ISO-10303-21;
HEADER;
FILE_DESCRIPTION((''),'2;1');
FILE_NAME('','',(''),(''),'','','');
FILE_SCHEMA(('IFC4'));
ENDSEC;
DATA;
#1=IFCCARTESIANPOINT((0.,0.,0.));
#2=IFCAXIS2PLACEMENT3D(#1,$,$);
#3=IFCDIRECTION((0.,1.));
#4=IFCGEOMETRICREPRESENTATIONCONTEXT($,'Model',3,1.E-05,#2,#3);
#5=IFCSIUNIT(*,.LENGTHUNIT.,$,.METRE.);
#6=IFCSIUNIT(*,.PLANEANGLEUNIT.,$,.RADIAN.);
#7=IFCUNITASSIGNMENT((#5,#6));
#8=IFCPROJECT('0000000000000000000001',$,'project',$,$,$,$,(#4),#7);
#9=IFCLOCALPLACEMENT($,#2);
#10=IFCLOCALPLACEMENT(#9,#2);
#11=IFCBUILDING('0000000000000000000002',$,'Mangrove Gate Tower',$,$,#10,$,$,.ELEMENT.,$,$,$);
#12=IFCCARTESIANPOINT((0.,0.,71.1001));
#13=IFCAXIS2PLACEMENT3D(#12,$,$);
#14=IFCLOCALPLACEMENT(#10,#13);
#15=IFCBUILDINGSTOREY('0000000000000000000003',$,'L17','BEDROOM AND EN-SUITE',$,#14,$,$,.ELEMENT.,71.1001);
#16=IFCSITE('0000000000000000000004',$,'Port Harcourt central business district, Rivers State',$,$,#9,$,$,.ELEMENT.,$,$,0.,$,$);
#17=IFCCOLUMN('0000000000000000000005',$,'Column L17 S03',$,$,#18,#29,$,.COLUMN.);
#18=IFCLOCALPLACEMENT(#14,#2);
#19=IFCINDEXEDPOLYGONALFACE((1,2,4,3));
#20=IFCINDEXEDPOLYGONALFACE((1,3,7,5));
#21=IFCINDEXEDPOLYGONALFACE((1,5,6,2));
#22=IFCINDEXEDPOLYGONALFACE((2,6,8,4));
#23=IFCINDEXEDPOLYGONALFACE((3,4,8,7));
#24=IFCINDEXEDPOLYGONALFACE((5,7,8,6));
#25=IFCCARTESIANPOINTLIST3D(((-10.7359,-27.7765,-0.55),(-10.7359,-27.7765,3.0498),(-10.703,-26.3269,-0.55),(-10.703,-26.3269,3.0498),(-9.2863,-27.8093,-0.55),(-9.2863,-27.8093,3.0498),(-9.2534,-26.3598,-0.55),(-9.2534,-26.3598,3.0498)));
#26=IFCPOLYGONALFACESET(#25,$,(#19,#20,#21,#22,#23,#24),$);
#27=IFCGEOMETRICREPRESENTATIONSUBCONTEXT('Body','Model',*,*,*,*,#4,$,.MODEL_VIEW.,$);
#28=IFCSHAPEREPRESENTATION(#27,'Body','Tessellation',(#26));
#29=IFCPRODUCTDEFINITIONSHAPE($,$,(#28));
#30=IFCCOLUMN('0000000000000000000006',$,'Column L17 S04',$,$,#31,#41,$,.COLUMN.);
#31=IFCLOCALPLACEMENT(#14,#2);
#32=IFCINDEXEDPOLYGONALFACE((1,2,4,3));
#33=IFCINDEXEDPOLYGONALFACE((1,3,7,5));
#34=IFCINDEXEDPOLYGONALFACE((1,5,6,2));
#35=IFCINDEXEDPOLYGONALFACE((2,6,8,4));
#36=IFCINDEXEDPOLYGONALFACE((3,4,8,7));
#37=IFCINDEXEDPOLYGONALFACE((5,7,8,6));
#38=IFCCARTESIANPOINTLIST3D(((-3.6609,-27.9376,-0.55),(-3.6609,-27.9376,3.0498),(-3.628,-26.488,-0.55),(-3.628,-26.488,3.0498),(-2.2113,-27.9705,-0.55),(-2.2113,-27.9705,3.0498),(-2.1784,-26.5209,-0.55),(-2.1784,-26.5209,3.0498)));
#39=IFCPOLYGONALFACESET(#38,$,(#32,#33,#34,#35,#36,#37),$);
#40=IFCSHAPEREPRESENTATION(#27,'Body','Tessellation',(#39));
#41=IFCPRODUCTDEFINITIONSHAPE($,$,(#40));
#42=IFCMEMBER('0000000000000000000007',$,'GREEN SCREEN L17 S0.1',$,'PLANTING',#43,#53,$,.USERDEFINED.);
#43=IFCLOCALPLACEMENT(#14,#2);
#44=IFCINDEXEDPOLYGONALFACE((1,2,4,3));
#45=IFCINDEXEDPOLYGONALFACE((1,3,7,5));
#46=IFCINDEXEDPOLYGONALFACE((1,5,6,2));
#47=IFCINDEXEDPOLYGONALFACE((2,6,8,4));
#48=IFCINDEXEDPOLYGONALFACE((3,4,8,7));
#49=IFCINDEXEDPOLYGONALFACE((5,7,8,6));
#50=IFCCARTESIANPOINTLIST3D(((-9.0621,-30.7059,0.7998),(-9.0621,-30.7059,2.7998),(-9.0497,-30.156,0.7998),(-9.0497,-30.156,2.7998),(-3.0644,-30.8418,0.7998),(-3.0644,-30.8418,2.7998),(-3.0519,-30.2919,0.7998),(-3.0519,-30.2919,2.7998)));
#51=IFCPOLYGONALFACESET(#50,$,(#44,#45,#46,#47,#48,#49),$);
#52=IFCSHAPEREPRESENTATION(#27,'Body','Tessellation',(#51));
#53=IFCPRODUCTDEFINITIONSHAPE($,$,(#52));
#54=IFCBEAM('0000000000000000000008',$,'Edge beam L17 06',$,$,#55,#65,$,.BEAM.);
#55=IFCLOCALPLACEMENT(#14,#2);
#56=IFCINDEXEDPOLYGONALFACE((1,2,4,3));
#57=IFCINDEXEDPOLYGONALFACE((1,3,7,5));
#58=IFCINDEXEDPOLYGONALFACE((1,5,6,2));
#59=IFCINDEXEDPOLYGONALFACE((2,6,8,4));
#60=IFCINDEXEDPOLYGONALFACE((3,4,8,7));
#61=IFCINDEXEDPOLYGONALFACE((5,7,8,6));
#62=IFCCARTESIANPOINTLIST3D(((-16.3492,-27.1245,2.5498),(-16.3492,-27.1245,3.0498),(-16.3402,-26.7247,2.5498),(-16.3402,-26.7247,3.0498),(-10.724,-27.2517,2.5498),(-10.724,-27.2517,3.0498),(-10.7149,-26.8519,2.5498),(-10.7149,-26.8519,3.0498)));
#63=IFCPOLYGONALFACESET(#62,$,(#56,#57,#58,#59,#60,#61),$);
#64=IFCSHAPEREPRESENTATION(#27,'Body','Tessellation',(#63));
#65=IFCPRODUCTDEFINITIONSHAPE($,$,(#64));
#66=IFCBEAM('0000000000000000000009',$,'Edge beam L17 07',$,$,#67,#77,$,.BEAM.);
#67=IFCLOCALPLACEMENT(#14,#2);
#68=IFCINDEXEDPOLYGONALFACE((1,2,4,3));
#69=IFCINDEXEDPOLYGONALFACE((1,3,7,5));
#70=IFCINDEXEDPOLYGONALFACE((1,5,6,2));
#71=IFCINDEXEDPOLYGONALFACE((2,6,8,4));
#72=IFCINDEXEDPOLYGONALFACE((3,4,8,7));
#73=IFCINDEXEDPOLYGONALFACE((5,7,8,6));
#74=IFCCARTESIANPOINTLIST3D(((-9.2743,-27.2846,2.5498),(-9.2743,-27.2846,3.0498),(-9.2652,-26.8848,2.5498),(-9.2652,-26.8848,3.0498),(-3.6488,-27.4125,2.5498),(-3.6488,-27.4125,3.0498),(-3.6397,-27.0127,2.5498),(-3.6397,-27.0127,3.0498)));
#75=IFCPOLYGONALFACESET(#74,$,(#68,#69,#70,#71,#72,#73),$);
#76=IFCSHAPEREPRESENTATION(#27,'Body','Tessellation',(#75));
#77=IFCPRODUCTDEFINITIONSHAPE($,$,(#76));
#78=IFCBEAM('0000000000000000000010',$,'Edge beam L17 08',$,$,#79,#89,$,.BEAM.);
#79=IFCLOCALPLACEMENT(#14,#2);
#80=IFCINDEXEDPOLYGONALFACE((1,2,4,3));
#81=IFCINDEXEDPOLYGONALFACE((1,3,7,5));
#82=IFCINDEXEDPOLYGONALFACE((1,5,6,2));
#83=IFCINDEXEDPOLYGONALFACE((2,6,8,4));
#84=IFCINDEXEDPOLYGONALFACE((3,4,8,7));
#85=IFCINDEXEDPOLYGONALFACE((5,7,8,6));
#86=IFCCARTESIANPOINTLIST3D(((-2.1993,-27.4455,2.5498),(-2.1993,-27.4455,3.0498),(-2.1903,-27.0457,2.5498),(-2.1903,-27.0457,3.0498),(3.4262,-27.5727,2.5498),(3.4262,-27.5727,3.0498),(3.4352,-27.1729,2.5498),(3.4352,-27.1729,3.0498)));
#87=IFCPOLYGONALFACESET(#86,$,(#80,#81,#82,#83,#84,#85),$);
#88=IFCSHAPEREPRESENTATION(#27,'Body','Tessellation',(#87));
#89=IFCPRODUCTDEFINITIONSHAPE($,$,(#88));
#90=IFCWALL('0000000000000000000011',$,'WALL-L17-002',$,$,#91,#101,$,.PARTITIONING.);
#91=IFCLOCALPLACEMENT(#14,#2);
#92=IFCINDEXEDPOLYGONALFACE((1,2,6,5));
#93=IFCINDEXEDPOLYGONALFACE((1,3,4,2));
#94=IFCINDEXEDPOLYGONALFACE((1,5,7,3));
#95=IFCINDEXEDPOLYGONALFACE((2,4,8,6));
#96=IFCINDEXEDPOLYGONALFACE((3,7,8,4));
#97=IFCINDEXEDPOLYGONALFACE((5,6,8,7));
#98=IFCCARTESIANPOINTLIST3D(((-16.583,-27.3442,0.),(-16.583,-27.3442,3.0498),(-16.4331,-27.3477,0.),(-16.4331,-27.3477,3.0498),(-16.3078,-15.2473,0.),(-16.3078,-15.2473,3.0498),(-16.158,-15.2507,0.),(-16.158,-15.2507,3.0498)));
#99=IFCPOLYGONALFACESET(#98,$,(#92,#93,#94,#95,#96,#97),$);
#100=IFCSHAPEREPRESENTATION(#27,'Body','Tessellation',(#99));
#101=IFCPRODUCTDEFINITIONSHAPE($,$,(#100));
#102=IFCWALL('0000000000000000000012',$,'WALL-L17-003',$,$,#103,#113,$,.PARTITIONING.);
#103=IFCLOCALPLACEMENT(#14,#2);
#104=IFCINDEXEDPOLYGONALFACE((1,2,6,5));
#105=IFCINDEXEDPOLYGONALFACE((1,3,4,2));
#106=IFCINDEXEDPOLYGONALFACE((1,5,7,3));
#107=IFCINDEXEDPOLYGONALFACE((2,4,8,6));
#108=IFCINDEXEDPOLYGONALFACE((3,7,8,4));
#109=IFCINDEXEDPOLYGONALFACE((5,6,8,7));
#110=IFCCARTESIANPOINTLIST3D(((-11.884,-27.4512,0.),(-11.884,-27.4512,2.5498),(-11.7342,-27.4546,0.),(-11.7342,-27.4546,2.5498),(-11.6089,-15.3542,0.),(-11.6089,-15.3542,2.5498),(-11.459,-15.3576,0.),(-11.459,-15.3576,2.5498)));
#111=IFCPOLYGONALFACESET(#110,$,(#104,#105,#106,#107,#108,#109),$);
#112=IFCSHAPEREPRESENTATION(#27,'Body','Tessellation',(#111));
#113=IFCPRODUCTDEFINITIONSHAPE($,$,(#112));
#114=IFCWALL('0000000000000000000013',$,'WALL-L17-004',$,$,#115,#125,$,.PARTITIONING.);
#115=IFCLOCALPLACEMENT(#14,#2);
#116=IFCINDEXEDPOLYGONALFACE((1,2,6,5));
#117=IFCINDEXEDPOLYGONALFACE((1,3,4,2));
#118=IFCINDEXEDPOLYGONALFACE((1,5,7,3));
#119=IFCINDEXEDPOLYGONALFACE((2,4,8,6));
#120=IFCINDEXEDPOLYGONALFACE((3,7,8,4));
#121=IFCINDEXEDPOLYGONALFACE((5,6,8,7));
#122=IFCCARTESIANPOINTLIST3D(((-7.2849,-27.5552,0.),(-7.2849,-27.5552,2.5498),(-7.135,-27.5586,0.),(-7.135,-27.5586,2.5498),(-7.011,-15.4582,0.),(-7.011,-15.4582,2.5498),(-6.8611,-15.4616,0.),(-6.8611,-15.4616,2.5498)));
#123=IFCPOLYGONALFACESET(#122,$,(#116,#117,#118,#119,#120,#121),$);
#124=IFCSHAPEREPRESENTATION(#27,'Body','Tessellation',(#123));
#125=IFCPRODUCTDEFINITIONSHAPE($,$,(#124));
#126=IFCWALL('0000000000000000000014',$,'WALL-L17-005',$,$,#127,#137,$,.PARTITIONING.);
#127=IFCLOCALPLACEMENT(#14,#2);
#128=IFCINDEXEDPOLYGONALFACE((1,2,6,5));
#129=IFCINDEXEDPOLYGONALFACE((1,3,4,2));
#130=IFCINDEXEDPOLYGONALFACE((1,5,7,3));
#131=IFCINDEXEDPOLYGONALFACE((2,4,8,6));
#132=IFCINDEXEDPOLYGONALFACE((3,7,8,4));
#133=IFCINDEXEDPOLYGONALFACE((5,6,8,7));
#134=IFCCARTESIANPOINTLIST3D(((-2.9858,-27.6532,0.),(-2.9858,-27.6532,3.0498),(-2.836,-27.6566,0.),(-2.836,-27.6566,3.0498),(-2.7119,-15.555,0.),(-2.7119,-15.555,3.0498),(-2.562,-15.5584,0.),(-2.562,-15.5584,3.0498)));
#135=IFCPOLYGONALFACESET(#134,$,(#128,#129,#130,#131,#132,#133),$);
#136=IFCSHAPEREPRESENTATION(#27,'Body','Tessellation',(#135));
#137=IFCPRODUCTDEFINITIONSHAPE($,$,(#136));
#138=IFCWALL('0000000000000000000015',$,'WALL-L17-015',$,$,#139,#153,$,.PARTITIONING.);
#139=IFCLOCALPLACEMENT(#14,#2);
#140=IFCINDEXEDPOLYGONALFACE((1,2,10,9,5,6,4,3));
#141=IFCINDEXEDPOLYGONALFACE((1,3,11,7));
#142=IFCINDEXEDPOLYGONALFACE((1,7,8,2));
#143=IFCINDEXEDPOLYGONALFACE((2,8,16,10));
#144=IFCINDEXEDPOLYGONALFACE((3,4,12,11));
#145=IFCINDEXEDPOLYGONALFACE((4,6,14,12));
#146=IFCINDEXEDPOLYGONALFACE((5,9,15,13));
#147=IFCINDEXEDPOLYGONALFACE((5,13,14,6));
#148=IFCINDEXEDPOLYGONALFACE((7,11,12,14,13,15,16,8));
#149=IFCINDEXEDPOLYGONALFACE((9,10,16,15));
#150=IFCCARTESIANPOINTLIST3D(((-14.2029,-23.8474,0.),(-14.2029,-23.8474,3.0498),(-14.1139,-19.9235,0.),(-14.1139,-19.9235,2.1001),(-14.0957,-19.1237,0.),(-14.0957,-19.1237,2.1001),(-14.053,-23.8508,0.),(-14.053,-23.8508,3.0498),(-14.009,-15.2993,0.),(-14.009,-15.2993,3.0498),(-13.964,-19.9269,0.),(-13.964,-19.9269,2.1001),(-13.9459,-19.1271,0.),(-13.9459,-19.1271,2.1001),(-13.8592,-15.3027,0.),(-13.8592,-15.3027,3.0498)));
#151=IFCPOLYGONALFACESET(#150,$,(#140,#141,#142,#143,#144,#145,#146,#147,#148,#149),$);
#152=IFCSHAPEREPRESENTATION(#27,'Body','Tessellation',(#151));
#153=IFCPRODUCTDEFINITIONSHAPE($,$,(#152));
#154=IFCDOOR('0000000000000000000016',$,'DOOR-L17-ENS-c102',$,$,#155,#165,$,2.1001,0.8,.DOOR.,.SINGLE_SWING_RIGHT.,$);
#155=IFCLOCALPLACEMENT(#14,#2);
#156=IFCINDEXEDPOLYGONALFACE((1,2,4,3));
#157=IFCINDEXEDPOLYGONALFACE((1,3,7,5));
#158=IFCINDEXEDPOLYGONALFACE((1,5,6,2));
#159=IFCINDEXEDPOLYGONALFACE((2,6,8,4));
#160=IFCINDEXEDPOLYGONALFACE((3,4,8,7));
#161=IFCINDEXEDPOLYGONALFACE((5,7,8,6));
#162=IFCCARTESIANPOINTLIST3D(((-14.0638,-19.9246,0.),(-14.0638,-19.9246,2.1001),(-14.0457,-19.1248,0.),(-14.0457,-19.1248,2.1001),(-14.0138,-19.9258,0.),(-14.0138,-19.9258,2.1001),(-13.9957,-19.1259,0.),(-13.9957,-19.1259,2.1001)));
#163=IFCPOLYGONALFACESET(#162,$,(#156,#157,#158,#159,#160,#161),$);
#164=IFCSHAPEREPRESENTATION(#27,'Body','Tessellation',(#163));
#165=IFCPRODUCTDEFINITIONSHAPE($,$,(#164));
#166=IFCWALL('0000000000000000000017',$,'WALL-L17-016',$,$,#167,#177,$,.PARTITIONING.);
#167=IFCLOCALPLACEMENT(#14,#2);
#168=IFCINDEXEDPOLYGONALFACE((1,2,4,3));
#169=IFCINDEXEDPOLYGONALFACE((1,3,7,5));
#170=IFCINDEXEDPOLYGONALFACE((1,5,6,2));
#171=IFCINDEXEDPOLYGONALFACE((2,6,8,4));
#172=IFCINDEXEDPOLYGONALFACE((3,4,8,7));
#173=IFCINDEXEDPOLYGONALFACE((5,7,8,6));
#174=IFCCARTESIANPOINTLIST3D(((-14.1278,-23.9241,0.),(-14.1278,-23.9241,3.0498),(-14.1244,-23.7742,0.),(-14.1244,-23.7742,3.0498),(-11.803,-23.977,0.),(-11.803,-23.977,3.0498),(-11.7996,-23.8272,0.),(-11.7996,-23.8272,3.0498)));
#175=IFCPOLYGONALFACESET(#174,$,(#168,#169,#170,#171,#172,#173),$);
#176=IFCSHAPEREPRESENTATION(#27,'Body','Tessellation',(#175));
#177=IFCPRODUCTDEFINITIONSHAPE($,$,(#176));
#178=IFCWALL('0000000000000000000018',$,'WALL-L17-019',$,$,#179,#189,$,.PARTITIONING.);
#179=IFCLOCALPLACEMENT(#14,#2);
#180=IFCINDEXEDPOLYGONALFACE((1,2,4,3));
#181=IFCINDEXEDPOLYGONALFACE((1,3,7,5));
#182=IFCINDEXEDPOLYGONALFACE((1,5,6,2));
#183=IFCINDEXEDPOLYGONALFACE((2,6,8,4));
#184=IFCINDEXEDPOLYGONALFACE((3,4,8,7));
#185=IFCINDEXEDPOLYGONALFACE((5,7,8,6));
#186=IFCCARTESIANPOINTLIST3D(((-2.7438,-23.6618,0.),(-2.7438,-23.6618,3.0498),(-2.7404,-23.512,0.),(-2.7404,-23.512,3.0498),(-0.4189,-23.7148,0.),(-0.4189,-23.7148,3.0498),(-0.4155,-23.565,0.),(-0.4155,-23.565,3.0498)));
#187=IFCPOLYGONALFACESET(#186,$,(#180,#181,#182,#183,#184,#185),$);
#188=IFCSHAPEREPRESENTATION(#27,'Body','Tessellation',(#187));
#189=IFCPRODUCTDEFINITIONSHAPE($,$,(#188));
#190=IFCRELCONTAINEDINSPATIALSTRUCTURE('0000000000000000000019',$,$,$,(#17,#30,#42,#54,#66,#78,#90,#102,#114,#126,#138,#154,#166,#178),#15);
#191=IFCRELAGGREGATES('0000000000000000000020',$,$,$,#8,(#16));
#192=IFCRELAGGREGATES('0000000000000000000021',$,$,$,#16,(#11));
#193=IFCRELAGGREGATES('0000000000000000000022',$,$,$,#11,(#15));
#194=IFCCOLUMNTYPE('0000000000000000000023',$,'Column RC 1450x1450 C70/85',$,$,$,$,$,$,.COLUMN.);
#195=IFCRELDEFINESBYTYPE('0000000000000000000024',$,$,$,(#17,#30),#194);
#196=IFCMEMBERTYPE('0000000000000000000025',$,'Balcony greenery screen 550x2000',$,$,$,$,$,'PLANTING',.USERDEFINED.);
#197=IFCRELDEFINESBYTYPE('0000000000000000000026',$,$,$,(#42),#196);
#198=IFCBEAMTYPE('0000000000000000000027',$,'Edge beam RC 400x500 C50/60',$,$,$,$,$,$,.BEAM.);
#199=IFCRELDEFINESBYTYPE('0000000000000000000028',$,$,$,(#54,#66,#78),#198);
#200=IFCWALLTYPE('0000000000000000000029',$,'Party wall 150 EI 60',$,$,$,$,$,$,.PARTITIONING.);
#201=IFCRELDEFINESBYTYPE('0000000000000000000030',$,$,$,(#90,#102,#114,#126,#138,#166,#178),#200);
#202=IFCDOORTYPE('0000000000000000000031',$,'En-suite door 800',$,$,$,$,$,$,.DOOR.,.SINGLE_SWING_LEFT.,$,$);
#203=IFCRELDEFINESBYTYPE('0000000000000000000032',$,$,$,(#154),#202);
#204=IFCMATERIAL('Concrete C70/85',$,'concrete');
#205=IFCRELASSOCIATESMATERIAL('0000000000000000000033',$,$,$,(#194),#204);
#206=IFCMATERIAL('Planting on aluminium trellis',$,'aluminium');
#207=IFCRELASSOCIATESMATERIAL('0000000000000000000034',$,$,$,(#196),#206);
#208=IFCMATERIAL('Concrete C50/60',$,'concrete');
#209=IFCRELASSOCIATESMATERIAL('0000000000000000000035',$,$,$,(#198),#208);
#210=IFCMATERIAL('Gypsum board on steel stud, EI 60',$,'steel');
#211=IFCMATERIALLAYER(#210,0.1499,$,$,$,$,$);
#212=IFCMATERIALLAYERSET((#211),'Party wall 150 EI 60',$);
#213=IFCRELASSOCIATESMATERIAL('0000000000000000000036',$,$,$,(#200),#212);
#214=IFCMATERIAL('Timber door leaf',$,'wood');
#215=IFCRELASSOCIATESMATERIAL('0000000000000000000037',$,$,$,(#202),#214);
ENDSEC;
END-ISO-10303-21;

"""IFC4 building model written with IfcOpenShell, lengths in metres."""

from ifc_helpers import new_model, si_unit, direction, frame, frame_2d, origin, origin_2d, place, context, subcontext, project, spatial, rectangle, extrude, material, layer, layer_set, material_profile, profile_set, type_object, element, fill, save


model = new_model("IFC4")

# Units and contexts
model_context = context("Model", 3, precision=1e-05, world=origin(), true_north=direction((0.0, 1.0)))
body_context = subcontext(model_context, "Body", "Model", "MODEL_VIEW")
ifc_project = project(units=[si_unit("LENGTHUNIT", "METRE"), si_unit("PLANEANGLEUNIT", "RADIAN")], contexts=[model_context])

# Site, building, storey
site_placement = place(None, origin())
site = spatial("IfcSite", under=ifc_project, at=site_placement, Name="Port Harcourt central business district, Rivers State", CompositionType="ELEMENT", RefElevation=0.0)
building_placement = place(site_placement, origin())
building = spatial("IfcBuilding", under=site, at=building_placement, Name="Mangrove Gate Tower", CompositionType="ELEMENT")
storey_placement = place(building_placement, frame((0.0, 0.0, 71.1001)))
storey = spatial("IfcBuildingStorey", under=building, at=storey_placement, Name="L17", Description="BEDROOM AND EN-SUITE", CompositionType="ELEMENT", Elevation=71.1001)

# Columns
ifc_material_1 = material(Name="Concrete C70/85", Category="concrete")
ifc_material_profile_1 = material_profile(ifc_material_1, rectangle(XDim=1.45, YDim=1.45, at=origin_2d()))
ifc_profile_set_1 = profile_set([ifc_material_profile_1], Name="Concrete C70/85")
column_type = type_object("IfcColumnType", Name="Column RC 1450x1450 C70/85", PredefinedType="COLUMN", material=ifc_profile_set_1)
for number, where, z_axis, x_axis, name in (
    (1, (-9.9946, -27.0681, -0.55), (0.0, 0.0, 1.0), (0.999743, -0.02268, 0.0), "Column L17 S03"),
    (2, (-2.9197, -27.2292, -0.55), (0.0, 0.0, 1.0), (0.999743, -0.02268, 0.0), "Column L17 S04"),
):
    element("IfcColumn", number, at=place(storey_placement, frame(where, z_axis=z_axis, x_axis=x_axis)), inside=storey, type_object=column_type, Name=name, PredefinedType="COLUMN", context=body_context, shape_type="SweptSolid", body=[
        extrude(rectangle(XDim=1.45, YDim=1.45, at=origin_2d()), origin(), (0.0, 0.0, 1.0), 3.5999),
    ])

# Member
ifc_material_2 = material(Name="Planting on aluminium trellis", Category="aluminium")
ifc_material_profile_2 = material_profile(ifc_material_2, rectangle(XDim=0.55, YDim=2.0, at=origin_2d()))
ifc_profile_set_2 = profile_set([ifc_material_profile_2], Name="Planting on aluminium trellis")
member_type = type_object("IfcMemberType", Name="Balcony greenery screen 550x2000", ElementType="PLANTING", PredefinedType="USERDEFINED", material=ifc_profile_set_2)
member_placement = place(storey_placement, frame((-9.0559, -30.4309, 1.7998), z_axis=(0.999743, -0.022667, 0.0), x_axis=(0.022667, 0.999743, 0.0)))
element("IfcMember", 3, at=member_placement, inside=storey, type_object=member_type, Name="GREEN SCREEN L17 S0.1", ObjectType="PLANTING", PredefinedType="USERDEFINED", context=body_context, shape_type="SweptSolid", body=[
    extrude(rectangle(XDim=0.55, YDim=2.0, at=origin_2d()), origin(), (0.0, 0.0, 1.0), 5.9993),
])

# Beams
ifc_material_3 = material(Name="Concrete C50/60", Category="concrete")
ifc_material_profile_3 = material_profile(ifc_material_3, rectangle(XDim=0.3999, YDim=0.5, at=origin_2d()))
ifc_profile_set_3 = profile_set([ifc_material_profile_3], Name="Concrete C50/60")
beam_type = type_object("IfcBeamType", Name="Edge beam RC 400x500 C50/60", PredefinedType="BEAM", material=ifc_profile_set_3)
beam_placement = place(storey_placement, frame((-16.3447, -26.9246, 2.7998), z_axis=(0.999744, -0.022606, 0.0), x_axis=(0.022606, 0.999744, 0.0)))
element("IfcBeam", 4, at=beam_placement, inside=storey, type_object=beam_type, Name="Edge beam L17 06", PredefinedType="BEAM", context=body_context, shape_type="SweptSolid", body=[
    extrude(rectangle(XDim=0.3999, YDim=0.5, at=origin_2d()), origin(), (0.0, 0.0, 1.0), 5.6267),
])
for number, where, z_axis, x_axis, name in (
    (5, (-9.2698, -27.0847, 2.7998), (0.999742, -0.022735, 0.0), (0.022735, 0.999742, 0.0), "Edge beam L17 07"),
    (6, (-2.1948, -27.2456, 2.7998), (0.999744, -0.022605, 0.0), (0.022605, 0.999744, 0.0), "Edge beam L17 08"),
):
    element("IfcBeam", number, at=place(storey_placement, frame(where, z_axis=z_axis, x_axis=x_axis)), inside=storey, type_object=beam_type, Name=name, PredefinedType="BEAM", context=body_context, shape_type="SweptSolid", body=[
        extrude(rectangle(XDim=0.3999, YDim=0.5, at=origin_2d()), origin(), (0.0, 0.0, 1.0), 5.627),
    ])

# Walls
ifc_material_4 = material(Name="Gypsum board on steel stud, EI 60", Category="steel")
ifc_layer_1 = layer(ifc_material_4, 0.1499)
ifc_layer_set_1 = layer_set([ifc_layer_1], Name="Party wall 150 EI 60")
wall_type_1 = type_object("IfcWallType", Name="Party wall 150 EI 60", PredefinedType="PARTITIONING", material=ifc_layer_set_1)
wall_1_placement = place(storey_placement, frame((-16.5081, -27.3459, 0.0), z_axis=(0.0, 0.0, 1.0), x_axis=(0.022739, 0.999741, 0.0)))
element("IfcWall", 7, at=wall_1_placement, inside=storey, type_object=wall_type_1, Name="WALL-L17-002", PredefinedType="PARTITIONING", context=body_context, shape_type="SweptSolid", body=[
    extrude(rectangle(XDim=12.1001, YDim=0.1499, at=frame_2d((6.05, 0.0))), origin(), (0.0, 0.0, 1.0), 3.0498),
])
for number, where, z_axis, x_axis, name in (
    (8, (-11.8091, -27.4529, 0.0), (0.0, 0.0, 1.0), (0.022739, 0.999741, 0.0), "WALL-L17-003"),
    (9, (-7.21, -27.5569, 0.0), (0.0, 0.0, 1.0), (0.022638, 0.999744, 0.0), "WALL-L17-004"),
):
    element("IfcWall", number, at=place(storey_placement, frame(where, z_axis=z_axis, x_axis=x_axis)), inside=storey, type_object=wall_type_1, Name=name, PredefinedType="PARTITIONING", context=body_context, shape_type="SweptSolid", body=[
        extrude(rectangle(XDim=12.1001, YDim=0.1499, at=frame_2d((6.05, 0.0))), origin(), (0.0, 0.0, 1.0), 2.5498),
    ])
wall_2_placement = place(storey_placement, frame((-2.9109, -27.655, 0.0), z_axis=(0.0, 0.0, 1.0), x_axis=(0.022636, 0.999744, 0.0)))
element("IfcWall", 10, at=wall_2_placement, inside=storey, type_object=wall_type_1, Name="WALL-L17-005", PredefinedType="PARTITIONING", context=body_context, shape_type="SweptSolid", body=[
    extrude(rectangle(XDim=12.1013, YDim=0.1499, at=frame_2d((6.0508, 0.0))), origin(), (0.0, 0.0, 1.0), 3.0498),
])

# Wall, opening, door
wall_3_placement = place(storey_placement, frame((-14.1279, -23.8491, 0.0), z_axis=(0.0, 0.0, 1.0), x_axis=(0.022671, 0.999743, 0.0)))
wall_3 = element("IfcWall", 11, at=wall_3_placement, inside=storey, type_object=wall_type_1, Name="WALL-L17-015", PredefinedType="PARTITIONING", context=body_context, shape_type="SweptSolid", body=[
    extrude(rectangle(XDim=8.5503, YDim=0.1499, at=frame_2d((4.2751, 0.0))), origin(), (0.0, 0.0, 1.0), 3.0498),
])
opening_1_placement = place(wall_3_placement, frame((3.925, 0.0, 0.0)))
opening_1 = element("IfcOpeningElement", 12, at=opening_1_placement, cuts=wall_3, PredefinedType="OPENING", context=body_context, shape_type="SweptSolid", body=[
    extrude(rectangle(XDim=0.8, YDim=2.1001, at=frame_2d((0.3999, 1.05))), frame((0.0, 0.085, 0.0), z_axis=(0.0, -1.0, 0.0), x_axis=(1.0, 0.0, 0.0)), (0.0, 0.0, 1.0), 0.1699),
])
ifc_material_5 = material(Name="Timber door leaf", Category="wood")
door_type = type_object("IfcDoorType", Name="En-suite door 800", OperationType="SINGLE_SWING_LEFT", PredefinedType="DOOR", material=ifc_material_5)
door_1_placement = place(opening_1_placement, origin())
door_1 = element("IfcDoor", 13, at=door_1_placement, inside=storey, type_object=door_type, Name="DOOR-L17-ENS-c102", OperationType="SINGLE_SWING_RIGHT", OverallHeight=2.1001, OverallWidth=0.8, PredefinedType="DOOR", context=body_context, shape_type="SweptSolid", body=[
    extrude(rectangle(XDim=0.8, YDim=2.1001, at=frame_2d((0.3999, 1.05))), frame((0.0, 0.0249, 0.0), z_axis=(0.0, -1.0, 0.0), x_axis=(1.0, 0.0, 0.0)), (0.0, 0.0, 1.0), 0.05),
])
fill(opening_1, door_1)

# Walls
for number, where, z_axis, x_axis, name in (
    (14, (-14.126, -23.8491, 0.0), (0.0, 0.0, 1.0), (0.99974, -0.022781, 0.0), "WALL-L17-016"),
    (15, (-2.7419, -23.5869, 0.0), (0.0, 0.0, 1.0), (0.99974, -0.022781, 0.0), "WALL-L17-019"),
):
    element("IfcWall", number, at=place(storey_placement, frame(where, z_axis=z_axis, x_axis=x_axis)), inside=storey, type_object=wall_type_1, Name=name, PredefinedType="PARTITIONING", context=body_context, shape_type="SweptSolid", body=[
        extrude(rectangle(XDim=2.3254, YDim=0.1499, at=frame_2d((1.1626, 0.0))), origin(), (0.0, 0.0, 1.0), 3.0498),
    ])

save(model, "model.ifc")
